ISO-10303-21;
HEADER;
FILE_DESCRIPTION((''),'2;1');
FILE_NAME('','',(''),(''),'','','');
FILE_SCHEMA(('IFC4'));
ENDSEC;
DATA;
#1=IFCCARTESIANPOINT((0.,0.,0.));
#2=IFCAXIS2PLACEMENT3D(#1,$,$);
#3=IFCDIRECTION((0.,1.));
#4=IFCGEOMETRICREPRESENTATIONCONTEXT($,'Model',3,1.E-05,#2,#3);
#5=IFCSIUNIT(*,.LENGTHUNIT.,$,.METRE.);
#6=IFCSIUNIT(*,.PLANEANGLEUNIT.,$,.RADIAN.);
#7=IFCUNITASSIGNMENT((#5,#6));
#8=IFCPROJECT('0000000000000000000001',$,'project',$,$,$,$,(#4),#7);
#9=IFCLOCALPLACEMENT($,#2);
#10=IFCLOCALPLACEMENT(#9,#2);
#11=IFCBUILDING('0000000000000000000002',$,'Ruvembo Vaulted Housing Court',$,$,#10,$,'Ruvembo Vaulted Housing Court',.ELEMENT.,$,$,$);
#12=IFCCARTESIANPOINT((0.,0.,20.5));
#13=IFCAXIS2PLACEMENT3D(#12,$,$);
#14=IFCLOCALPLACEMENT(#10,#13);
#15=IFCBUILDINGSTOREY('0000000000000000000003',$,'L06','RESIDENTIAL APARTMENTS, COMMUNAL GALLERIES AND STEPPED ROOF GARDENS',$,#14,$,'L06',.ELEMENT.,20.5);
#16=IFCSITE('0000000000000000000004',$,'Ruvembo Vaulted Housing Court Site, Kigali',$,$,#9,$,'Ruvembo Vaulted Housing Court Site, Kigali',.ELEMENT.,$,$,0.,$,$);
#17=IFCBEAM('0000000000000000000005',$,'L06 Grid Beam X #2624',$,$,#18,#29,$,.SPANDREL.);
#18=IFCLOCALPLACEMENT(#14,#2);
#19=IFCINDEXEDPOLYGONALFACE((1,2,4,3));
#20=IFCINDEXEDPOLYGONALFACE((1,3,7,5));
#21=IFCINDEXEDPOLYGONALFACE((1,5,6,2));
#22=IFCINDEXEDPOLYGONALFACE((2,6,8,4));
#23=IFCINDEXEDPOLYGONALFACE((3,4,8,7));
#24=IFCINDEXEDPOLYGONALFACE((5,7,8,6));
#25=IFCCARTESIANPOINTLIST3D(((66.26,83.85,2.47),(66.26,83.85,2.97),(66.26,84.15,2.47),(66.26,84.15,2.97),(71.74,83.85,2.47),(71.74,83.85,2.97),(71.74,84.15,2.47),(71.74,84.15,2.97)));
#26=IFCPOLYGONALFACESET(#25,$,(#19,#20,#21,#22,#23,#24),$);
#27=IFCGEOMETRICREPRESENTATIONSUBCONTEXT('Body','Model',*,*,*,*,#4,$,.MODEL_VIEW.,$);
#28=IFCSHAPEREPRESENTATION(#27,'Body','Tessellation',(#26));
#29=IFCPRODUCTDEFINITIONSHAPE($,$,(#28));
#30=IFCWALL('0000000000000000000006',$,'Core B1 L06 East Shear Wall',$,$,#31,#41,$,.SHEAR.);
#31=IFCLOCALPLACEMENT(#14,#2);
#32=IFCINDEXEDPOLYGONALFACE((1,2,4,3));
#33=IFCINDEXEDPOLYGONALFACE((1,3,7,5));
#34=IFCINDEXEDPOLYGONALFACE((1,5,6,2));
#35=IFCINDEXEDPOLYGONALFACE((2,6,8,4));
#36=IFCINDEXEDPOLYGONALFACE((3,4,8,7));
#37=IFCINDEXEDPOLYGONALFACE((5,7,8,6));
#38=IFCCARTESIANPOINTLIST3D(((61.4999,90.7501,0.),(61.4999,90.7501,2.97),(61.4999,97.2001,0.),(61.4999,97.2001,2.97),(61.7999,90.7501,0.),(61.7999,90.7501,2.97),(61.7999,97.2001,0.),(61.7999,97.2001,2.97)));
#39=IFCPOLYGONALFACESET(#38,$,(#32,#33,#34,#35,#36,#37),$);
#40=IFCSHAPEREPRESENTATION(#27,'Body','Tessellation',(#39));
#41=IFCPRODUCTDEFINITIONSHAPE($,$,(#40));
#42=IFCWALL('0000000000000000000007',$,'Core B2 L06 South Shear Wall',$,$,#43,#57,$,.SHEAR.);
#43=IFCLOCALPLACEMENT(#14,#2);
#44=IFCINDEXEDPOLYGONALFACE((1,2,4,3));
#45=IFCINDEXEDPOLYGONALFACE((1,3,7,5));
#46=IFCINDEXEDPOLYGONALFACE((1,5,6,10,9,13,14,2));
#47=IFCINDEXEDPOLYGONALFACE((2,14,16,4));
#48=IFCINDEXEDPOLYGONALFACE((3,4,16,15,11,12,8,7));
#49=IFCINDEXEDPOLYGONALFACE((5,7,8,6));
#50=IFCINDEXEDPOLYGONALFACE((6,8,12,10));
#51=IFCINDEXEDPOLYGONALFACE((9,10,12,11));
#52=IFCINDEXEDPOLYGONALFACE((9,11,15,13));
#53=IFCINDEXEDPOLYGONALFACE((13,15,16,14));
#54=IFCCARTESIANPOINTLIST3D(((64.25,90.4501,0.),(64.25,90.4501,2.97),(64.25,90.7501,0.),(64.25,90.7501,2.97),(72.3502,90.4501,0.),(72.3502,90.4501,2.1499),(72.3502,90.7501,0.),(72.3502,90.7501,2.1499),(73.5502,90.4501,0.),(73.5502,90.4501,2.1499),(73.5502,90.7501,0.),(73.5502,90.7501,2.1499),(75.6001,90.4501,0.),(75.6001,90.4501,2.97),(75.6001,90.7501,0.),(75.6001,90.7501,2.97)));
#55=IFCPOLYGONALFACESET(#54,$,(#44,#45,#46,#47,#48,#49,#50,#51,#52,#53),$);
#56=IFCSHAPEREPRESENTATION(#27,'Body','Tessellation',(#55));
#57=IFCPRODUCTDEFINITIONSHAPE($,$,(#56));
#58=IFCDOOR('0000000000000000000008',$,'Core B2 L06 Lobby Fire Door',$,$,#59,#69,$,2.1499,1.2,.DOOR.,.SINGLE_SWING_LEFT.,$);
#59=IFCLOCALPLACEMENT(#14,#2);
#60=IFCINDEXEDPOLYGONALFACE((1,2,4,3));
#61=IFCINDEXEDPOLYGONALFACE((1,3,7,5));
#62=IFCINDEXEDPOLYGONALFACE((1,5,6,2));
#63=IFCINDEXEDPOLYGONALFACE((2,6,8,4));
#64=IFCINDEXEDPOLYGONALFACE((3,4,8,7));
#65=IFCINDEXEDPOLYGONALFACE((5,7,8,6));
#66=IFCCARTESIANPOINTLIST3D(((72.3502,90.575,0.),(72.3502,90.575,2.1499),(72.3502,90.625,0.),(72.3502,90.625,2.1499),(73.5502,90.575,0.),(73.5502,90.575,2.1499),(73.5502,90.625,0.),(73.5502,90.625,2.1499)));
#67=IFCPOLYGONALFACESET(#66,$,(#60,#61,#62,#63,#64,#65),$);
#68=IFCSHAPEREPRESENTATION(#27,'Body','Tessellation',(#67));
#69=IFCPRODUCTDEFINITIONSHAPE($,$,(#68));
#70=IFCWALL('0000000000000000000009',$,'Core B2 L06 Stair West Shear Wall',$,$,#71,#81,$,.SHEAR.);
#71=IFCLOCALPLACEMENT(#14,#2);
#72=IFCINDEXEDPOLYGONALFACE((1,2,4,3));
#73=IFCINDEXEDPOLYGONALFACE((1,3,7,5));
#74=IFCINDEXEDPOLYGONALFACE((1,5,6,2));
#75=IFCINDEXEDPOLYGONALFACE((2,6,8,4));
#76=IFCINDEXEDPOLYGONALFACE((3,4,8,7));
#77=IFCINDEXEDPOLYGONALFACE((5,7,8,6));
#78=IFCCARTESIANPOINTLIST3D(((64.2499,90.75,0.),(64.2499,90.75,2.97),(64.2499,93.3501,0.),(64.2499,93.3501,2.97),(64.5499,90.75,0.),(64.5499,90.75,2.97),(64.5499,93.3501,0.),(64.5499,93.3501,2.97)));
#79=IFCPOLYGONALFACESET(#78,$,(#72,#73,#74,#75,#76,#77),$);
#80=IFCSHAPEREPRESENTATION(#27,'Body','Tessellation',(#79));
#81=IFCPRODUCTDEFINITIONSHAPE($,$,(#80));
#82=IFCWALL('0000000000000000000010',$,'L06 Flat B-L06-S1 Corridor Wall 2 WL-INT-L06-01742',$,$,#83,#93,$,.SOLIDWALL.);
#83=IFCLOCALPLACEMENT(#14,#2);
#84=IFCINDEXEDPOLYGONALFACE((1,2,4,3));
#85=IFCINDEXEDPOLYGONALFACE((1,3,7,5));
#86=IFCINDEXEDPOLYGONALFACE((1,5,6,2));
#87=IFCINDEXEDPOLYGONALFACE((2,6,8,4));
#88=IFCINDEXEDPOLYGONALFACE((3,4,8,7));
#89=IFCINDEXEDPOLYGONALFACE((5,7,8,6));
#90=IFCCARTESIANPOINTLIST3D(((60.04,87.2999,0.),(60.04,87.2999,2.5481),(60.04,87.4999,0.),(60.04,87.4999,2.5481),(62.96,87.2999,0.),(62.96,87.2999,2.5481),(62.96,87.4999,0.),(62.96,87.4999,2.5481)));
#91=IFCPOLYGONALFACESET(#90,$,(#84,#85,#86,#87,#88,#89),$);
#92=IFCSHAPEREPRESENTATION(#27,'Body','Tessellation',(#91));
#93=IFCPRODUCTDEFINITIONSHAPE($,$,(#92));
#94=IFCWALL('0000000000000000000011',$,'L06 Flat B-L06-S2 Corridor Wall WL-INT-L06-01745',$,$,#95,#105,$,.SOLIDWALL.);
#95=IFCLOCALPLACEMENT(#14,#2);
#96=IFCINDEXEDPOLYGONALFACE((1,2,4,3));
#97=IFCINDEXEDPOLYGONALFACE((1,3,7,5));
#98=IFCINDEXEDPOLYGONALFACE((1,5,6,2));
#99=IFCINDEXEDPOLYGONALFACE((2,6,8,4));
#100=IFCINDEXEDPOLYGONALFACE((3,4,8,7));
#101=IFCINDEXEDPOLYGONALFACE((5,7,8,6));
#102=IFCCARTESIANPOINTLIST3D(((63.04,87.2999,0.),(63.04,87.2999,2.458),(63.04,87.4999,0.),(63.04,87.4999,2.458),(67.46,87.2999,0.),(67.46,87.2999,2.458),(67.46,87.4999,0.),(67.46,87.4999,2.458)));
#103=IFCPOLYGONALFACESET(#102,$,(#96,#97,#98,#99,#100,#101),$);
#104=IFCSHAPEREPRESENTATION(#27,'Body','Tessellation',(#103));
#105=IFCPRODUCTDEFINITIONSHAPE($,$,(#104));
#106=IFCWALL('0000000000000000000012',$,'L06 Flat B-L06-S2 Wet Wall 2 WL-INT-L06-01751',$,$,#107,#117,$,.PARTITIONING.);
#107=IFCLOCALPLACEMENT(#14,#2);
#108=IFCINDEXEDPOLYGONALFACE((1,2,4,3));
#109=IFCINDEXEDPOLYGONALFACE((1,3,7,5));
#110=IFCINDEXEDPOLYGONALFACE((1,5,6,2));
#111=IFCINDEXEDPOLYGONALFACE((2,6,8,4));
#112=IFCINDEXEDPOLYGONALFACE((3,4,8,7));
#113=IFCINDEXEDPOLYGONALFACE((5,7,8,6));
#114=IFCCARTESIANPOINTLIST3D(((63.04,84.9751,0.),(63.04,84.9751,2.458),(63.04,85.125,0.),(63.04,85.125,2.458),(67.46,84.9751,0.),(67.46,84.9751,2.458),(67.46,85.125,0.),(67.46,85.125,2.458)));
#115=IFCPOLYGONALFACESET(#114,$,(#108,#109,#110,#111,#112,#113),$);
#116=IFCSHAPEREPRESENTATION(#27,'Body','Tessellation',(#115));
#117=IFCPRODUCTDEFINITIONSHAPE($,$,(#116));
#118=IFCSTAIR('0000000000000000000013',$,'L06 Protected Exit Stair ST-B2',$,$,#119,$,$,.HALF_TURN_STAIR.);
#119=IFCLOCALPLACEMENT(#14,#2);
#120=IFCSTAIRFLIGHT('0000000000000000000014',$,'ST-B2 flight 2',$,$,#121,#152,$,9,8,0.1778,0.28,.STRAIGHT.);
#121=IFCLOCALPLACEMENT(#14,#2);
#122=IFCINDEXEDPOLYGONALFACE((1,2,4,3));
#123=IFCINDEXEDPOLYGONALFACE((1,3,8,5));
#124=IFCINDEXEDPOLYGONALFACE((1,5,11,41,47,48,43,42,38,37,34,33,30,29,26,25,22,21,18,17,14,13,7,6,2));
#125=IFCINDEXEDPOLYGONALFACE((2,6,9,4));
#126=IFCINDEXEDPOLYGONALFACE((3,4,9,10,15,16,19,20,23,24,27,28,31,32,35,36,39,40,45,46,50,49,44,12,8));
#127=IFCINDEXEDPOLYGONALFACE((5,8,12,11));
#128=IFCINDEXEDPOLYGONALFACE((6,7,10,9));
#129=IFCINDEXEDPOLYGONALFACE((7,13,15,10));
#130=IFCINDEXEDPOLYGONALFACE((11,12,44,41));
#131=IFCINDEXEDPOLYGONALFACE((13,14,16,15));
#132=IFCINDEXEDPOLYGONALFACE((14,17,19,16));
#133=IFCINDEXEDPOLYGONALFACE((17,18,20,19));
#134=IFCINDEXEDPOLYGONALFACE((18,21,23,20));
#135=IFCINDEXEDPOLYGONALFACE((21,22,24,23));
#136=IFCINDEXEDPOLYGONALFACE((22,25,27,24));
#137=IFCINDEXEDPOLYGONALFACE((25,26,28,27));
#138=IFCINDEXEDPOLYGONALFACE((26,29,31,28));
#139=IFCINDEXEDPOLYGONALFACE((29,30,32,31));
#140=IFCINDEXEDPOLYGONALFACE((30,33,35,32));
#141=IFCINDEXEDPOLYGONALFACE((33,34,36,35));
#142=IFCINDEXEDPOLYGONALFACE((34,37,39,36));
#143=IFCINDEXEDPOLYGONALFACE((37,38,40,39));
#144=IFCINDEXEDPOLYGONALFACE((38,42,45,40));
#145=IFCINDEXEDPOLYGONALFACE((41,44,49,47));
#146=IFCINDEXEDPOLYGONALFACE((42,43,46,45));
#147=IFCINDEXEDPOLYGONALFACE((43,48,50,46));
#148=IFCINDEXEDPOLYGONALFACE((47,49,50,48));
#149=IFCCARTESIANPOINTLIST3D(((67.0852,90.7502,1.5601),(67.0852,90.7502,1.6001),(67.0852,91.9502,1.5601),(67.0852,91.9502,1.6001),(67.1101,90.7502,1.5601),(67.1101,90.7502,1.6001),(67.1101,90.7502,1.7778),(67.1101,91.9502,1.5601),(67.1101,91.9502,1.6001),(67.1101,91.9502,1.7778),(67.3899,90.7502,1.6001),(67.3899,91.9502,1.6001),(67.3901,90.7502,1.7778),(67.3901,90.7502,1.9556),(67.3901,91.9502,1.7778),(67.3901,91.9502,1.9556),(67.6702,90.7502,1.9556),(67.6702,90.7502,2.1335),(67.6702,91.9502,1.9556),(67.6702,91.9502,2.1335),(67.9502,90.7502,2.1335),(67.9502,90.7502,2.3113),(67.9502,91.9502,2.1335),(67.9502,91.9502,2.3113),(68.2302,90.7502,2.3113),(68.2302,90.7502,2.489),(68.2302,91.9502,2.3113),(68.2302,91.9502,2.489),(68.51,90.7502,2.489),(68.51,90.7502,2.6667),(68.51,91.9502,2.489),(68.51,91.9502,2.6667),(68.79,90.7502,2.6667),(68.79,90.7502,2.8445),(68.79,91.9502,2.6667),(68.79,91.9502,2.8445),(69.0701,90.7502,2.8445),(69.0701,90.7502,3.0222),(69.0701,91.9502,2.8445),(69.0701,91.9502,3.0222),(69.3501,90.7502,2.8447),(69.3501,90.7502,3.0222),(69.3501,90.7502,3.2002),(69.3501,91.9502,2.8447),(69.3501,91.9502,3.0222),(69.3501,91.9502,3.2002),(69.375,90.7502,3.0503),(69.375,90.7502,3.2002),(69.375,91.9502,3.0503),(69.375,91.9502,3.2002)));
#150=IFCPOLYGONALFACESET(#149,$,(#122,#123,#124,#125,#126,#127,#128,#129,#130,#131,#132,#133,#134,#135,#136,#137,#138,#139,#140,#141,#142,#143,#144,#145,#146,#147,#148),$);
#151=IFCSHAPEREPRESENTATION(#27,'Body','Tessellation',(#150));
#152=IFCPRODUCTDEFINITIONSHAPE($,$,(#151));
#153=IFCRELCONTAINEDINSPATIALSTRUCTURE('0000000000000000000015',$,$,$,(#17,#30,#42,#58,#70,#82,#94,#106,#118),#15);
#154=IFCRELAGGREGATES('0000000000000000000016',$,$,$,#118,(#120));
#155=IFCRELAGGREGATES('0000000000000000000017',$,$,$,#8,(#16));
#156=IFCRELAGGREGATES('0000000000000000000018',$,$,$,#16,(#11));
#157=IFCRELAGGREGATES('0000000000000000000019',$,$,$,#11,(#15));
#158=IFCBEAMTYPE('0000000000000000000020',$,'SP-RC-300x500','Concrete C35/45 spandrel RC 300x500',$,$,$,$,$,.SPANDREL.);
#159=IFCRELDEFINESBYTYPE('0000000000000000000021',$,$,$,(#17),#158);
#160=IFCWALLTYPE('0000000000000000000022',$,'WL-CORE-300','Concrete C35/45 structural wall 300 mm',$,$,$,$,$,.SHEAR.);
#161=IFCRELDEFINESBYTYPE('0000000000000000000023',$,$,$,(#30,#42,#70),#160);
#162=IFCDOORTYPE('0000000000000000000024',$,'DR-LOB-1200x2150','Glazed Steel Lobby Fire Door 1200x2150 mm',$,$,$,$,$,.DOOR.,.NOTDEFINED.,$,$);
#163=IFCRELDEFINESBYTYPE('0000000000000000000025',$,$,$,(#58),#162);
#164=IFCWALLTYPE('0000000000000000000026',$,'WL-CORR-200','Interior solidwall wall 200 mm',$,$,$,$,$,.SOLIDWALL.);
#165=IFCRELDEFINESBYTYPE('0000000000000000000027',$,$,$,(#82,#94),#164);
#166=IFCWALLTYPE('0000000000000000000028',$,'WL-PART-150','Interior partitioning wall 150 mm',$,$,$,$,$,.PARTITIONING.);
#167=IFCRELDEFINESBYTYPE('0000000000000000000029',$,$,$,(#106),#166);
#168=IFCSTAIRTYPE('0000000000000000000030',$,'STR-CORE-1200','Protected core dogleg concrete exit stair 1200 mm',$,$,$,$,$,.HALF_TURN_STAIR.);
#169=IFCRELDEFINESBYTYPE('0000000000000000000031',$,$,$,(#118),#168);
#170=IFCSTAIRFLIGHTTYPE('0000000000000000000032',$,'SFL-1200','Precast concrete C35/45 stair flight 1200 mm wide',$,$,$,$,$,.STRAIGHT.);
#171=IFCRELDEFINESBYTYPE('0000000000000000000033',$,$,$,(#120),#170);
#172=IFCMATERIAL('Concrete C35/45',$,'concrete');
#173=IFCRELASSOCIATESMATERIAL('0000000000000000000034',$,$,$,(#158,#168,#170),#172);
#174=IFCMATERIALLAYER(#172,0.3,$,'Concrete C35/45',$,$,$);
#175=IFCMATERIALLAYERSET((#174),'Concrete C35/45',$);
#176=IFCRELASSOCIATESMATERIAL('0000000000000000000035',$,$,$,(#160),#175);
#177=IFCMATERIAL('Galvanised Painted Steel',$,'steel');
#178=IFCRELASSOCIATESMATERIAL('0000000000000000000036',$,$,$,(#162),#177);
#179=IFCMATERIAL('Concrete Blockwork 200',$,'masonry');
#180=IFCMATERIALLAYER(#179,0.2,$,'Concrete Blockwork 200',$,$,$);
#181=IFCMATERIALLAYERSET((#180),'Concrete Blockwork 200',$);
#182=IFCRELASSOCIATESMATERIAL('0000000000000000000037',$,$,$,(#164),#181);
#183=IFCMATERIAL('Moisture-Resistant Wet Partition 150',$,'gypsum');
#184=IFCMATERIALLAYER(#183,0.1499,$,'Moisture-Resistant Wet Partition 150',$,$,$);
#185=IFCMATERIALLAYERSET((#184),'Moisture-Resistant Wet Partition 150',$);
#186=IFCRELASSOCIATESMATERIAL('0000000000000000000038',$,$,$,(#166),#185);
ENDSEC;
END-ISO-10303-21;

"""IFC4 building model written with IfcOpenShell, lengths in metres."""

from ifc_helpers import new_model, si_unit, direction, frame, frame_2d, origin, origin_2d, place, context, subcontext, project, spatial, polyline, rectangle, outline, extrude, material, layer, layer_set, material_profile, profile_set, type_object, element, fill, aggregate, save


model = new_model("IFC4")

# Units and contexts
model_context = context("Model", 3, precision=1e-05, world=origin(), true_north=direction((0.0, 1.0)))
body_context = subcontext(model_context, "Body", "Model", "MODEL_VIEW")
ifc_project = project(units=[si_unit("LENGTHUNIT", "METRE"), si_unit("PLANEANGLEUNIT", "RADIAN")], contexts=[model_context])

# Site, building, storey
site_placement = place(None, origin())
site = spatial("IfcSite", under=ifc_project, at=site_placement, Name="Ruvembo Vaulted Housing Court Site, Kigali", LongName="Ruvembo Vaulted Housing Court Site, Kigali", CompositionType="ELEMENT", RefElevation=0.0)
building_placement = place(site_placement, origin())
building = spatial("IfcBuilding", under=site, at=building_placement, Name="Ruvembo Vaulted Housing Court", LongName="Ruvembo Vaulted Housing Court", CompositionType="ELEMENT")
storey_placement = place(building_placement, frame((0.0, 0.0, 20.5)))
storey = spatial("IfcBuildingStorey", under=building, at=storey_placement, Name="L06", Description="RESIDENTIAL APARTMENTS, COMMUNAL GALLERIES AND STEPPED ROOF GARDENS", LongName="L06", CompositionType="ELEMENT", Elevation=20.5)

# Shared definitions
ifc_material_1 = material(Name="Concrete C35/45", Category="concrete")

# Beam
ifc_material_profile_1 = material_profile(ifc_material_1, rectangle(XDim=0.3, YDim=0.5, at=origin_2d()), Name="RC 300x500")
ifc_profile_set_1 = profile_set([ifc_material_profile_1], Name="Concrete C35/45")
beam_type_1 = type_object("IfcBeamType", Name="SP-RC-300x500", Description="Concrete C35/45 spandrel RC 300x500", PredefinedType="SPANDREL", material=ifc_profile_set_1)
for number, where, z_axis, x_axis, name in (
    (1, (66.26, 84.0, 2.72), (1.0, 0.0, 0.0), (0.0, 1.0, 0.0), "L06 Grid Beam X #2624"),
):
    element("IfcBeam", number, at=place(storey_placement, frame(where, z_axis=z_axis, x_axis=x_axis)), inside=storey, type_object=beam_type_1, Name=name, PredefinedType="SPANDREL", context=body_context, shape_type="SweptSolid", body=[
        extrude(rectangle(XDim=0.3, YDim=0.5, at=origin_2d()), origin(), (0.0, 0.0, 1.0), 5.48),
    ])

# Wall
ifc_layer_1 = layer(ifc_material_1, 0.3, Name="Concrete C35/45")
ifc_layer_set_1 = layer_set([ifc_layer_1], Name="Concrete C35/45")
wall_type_1 = type_object("IfcWallType", Name="WL-CORE-300", Description="Concrete C35/45 structural wall 300 mm", PredefinedType="SHEAR", material=ifc_layer_set_1)
wall_1_placement = place(storey_placement, frame((61.6499, 90.75, 0.0), z_axis=(0.0, 0.0, 1.0), x_axis=(0.0, 1.0, 0.0)))
element("IfcWall", 2, at=wall_1_placement, inside=storey, type_object=wall_type_1, Name="Core B1 L06 East Shear Wall", PredefinedType="SHEAR", context=body_context, shape_type="SweptSolid", body=[
    extrude(rectangle(XDim=6.45, YDim=0.3, at=frame_2d((3.2251, 0.0))), origin(), (0.0, 0.0, 1.0), 2.97),
])

# Wall, opening, door
wall_2_placement = place(storey_placement, frame((64.25, 90.6001, 0.0), z_axis=(0.0, 0.0, 1.0), x_axis=(1.0, 0.0, 0.0)))
wall_2 = element("IfcWall", 3, at=wall_2_placement, inside=storey, type_object=wall_type_1, Name="Core B2 L06 South Shear Wall", PredefinedType="SHEAR", context=body_context, shape_type="SweptSolid", body=[
    extrude(rectangle(XDim=11.3501, YDim=0.3, at=frame_2d((5.675, 0.0))), origin(), (0.0, 0.0, 1.0), 2.97),
])
opening_placement = place(wall_2_placement, frame((8.1001, 0.0, 0.0)))
opening = element("IfcOpeningElement", 4, at=opening_placement, cuts=wall_2, PredefinedType="OPENING", context=body_context, shape_type="SweptSolid", body=[
    extrude(rectangle(XDim=1.2, YDim=2.1499, at=frame_2d((0.6001, 1.075))), frame((0.0, 0.1599, 0.0), z_axis=(0.0, -1.0, 0.0), x_axis=(1.0, 0.0, 0.0)), (0.0, 0.0, 1.0), 0.3201),
])
ifc_material_2 = material(Name="Galvanised Painted Steel", Category="steel")
door_type = type_object("IfcDoorType", Name="DR-LOB-1200x2150", Description="Glazed Steel Lobby Fire Door 1200x2150 mm", OperationType="NOTDEFINED", PredefinedType="DOOR", material=ifc_material_2)
door_placement = place(opening_placement, origin())
door = element("IfcDoor", 5, at=door_placement, inside=storey, type_object=door_type, Name="Core B2 L06 Lobby Fire Door", OperationType="SINGLE_SWING_LEFT", OverallHeight=2.1499, OverallWidth=1.2, PredefinedType="DOOR", context=body_context, shape_type="SweptSolid", body=[
    extrude(rectangle(XDim=1.2, YDim=2.1499, at=frame_2d((0.6001, 1.075))), frame((0.0, 0.0249, 0.0), z_axis=(0.0, -1.0, 0.0), x_axis=(1.0, 0.0, 0.0)), (0.0, 0.0, 1.0), 0.05),
])
fill(opening, door)

# Walls
wall_3_placement = place(storey_placement, frame((64.3999, 93.3501, 0.0), z_axis=(0.0, 0.0, 1.0), x_axis=(0.0, -1.0, 0.0)))
element("IfcWall", 6, at=wall_3_placement, inside=storey, type_object=wall_type_1, Name="Core B2 L06 Stair West Shear Wall", PredefinedType="SHEAR", context=body_context, shape_type="SweptSolid", body=[
    extrude(rectangle(XDim=2.6001, YDim=0.3, at=frame_2d((1.3, 0.0))), origin(), (0.0, 0.0, 1.0), 2.97),
])
ifc_material_3 = material(Name="Concrete Blockwork 200", Category="masonry")
ifc_layer_2 = layer(ifc_material_3, 0.2, Name="Concrete Blockwork 200")
ifc_layer_set_2 = layer_set([ifc_layer_2], Name="Concrete Blockwork 200")
wall_type_2 = type_object("IfcWallType", Name="WL-CORR-200", Description="Interior solidwall wall 200 mm", PredefinedType="SOLIDWALL", material=ifc_layer_set_2)
wall_4_placement = place(storey_placement, frame((60.04, 87.3999, 0.0), z_axis=(0.0, 0.0, 1.0), x_axis=(1.0, 0.0, 0.0)))
element("IfcWall", 7, at=wall_4_placement, inside=storey, type_object=wall_type_2, Name="L06 Flat B-L06-S1 Corridor Wall 2 WL-INT-L06-01742", PredefinedType="SOLIDWALL", context=body_context, shape_type="SweptSolid", body=[
    extrude(rectangle(XDim=2.9199, YDim=0.2, at=frame_2d((1.46, 0.0))), origin(), (0.0, 0.0, 1.0), 2.5481),
])
wall_5_placement = place(storey_placement, frame((63.04, 87.3999, 0.0), z_axis=(0.0, 0.0, 1.0), x_axis=(1.0, 0.0, 0.0)))
element("IfcWall", 8, at=wall_5_placement, inside=storey, type_object=wall_type_2, Name="L06 Flat B-L06-S2 Corridor Wall WL-INT-L06-01745", PredefinedType="SOLIDWALL", context=body_context, shape_type="SweptSolid", body=[
    extrude(rectangle(XDim=4.4199, YDim=0.2, at=frame_2d((2.21, 0.0))), origin(), (0.0, 0.0, 1.0), 2.458),
])
ifc_material_4 = material(Name="Moisture-Resistant Wet Partition 150", Category="gypsum")
ifc_layer_3 = layer(ifc_material_4, 0.1499, Name="Moisture-Resistant Wet Partition 150")
ifc_layer_set_3 = layer_set([ifc_layer_3], Name="Moisture-Resistant Wet Partition 150")
wall_type_3 = type_object("IfcWallType", Name="WL-PART-150", Description="Interior partitioning wall 150 mm", PredefinedType="PARTITIONING", material=ifc_layer_set_3)
wall_6_placement = place(storey_placement, frame((63.04, 85.05, 0.0), z_axis=(0.0, 0.0, 1.0), x_axis=(1.0, 0.0, 0.0)))
element("IfcWall", 9, at=wall_6_placement, inside=storey, type_object=wall_type_3, Name="L06 Flat B-L06-S2 Wet Wall 2 WL-INT-L06-01751", PredefinedType="PARTITIONING", context=body_context, shape_type="SweptSolid", body=[
    extrude(rectangle(XDim=4.4199, YDim=0.1499, at=frame_2d((2.21, 0.0))), origin(), (0.0, 0.0, 1.0), 2.458),
])

# Stair, stair flight
stair_type = type_object("IfcStairType", Name="STR-CORE-1200", Description="Protected core dogleg concrete exit stair 1200 mm", PredefinedType="HALF_TURN_STAIR", material=ifc_material_1)
stair_placement = place(storey_placement, origin())
stair = element("IfcStair", 10, at=stair_placement, inside=storey, type_object=stair_type, Name="L06 Protected Exit Stair ST-B2", PredefinedType="HALF_TURN_STAIR")
stair_flight_type = type_object("IfcStairFlightType", Name="SFL-1200", Description="Precast concrete C35/45 stair flight 1200 mm wide", PredefinedType="STRAIGHT", material=ifc_material_1)
stair_flight_placement = place(storey_placement, frame((67.1101, 91.3501, 1.6001), z_axis=(0.0, 0.0, 1.0), x_axis=(1.0, 0.0, 0.0)))
stair_flight = element("IfcStairFlight", 11, at=stair_flight_placement, type_object=stair_flight_type, Name="ST-B2 flight 2", NumberOfRisers=9, NumberOfTreads=8, PredefinedType="STRAIGHT", RiserHeight=0.1778, TreadLength=0.28, context=body_context, shape_type="SweptSolid", body=[
    extrude(outline(polyline([(-0.0249, -0.04), (-0.0249, 0.0), (0.0, 0.0), (0.0, 0.1777), (0.28, 0.1777), (0.28, 0.3555), (0.5601, 0.3555), (0.5601, 0.5334), (0.8401, 0.5334), (0.8401, 0.7112), (1.1201, 0.7112), (1.1201, 0.8889), (1.3999, 0.8889), (1.3999, 1.0667), (1.6799, 1.0667), (1.6799, 1.2444), (1.96, 1.2444), (1.96, 1.4221), (2.24, 1.4221), (2.24, 1.6001), (2.2649, 1.6001), (2.2649, 1.4502), (2.24, 1.2446), (0.2798, 0.0), (0.0, -0.04), (-0.0249, -0.04)])), frame((0.0, 0.6001, 0.0), z_axis=(0.0, -1.0, 0.0), x_axis=(1.0, 0.0, 0.0)), (0.0, 0.0, 1.0), 1.2),
])
aggregate(stair, [stair_flight])

save(model, "model.ifc")
